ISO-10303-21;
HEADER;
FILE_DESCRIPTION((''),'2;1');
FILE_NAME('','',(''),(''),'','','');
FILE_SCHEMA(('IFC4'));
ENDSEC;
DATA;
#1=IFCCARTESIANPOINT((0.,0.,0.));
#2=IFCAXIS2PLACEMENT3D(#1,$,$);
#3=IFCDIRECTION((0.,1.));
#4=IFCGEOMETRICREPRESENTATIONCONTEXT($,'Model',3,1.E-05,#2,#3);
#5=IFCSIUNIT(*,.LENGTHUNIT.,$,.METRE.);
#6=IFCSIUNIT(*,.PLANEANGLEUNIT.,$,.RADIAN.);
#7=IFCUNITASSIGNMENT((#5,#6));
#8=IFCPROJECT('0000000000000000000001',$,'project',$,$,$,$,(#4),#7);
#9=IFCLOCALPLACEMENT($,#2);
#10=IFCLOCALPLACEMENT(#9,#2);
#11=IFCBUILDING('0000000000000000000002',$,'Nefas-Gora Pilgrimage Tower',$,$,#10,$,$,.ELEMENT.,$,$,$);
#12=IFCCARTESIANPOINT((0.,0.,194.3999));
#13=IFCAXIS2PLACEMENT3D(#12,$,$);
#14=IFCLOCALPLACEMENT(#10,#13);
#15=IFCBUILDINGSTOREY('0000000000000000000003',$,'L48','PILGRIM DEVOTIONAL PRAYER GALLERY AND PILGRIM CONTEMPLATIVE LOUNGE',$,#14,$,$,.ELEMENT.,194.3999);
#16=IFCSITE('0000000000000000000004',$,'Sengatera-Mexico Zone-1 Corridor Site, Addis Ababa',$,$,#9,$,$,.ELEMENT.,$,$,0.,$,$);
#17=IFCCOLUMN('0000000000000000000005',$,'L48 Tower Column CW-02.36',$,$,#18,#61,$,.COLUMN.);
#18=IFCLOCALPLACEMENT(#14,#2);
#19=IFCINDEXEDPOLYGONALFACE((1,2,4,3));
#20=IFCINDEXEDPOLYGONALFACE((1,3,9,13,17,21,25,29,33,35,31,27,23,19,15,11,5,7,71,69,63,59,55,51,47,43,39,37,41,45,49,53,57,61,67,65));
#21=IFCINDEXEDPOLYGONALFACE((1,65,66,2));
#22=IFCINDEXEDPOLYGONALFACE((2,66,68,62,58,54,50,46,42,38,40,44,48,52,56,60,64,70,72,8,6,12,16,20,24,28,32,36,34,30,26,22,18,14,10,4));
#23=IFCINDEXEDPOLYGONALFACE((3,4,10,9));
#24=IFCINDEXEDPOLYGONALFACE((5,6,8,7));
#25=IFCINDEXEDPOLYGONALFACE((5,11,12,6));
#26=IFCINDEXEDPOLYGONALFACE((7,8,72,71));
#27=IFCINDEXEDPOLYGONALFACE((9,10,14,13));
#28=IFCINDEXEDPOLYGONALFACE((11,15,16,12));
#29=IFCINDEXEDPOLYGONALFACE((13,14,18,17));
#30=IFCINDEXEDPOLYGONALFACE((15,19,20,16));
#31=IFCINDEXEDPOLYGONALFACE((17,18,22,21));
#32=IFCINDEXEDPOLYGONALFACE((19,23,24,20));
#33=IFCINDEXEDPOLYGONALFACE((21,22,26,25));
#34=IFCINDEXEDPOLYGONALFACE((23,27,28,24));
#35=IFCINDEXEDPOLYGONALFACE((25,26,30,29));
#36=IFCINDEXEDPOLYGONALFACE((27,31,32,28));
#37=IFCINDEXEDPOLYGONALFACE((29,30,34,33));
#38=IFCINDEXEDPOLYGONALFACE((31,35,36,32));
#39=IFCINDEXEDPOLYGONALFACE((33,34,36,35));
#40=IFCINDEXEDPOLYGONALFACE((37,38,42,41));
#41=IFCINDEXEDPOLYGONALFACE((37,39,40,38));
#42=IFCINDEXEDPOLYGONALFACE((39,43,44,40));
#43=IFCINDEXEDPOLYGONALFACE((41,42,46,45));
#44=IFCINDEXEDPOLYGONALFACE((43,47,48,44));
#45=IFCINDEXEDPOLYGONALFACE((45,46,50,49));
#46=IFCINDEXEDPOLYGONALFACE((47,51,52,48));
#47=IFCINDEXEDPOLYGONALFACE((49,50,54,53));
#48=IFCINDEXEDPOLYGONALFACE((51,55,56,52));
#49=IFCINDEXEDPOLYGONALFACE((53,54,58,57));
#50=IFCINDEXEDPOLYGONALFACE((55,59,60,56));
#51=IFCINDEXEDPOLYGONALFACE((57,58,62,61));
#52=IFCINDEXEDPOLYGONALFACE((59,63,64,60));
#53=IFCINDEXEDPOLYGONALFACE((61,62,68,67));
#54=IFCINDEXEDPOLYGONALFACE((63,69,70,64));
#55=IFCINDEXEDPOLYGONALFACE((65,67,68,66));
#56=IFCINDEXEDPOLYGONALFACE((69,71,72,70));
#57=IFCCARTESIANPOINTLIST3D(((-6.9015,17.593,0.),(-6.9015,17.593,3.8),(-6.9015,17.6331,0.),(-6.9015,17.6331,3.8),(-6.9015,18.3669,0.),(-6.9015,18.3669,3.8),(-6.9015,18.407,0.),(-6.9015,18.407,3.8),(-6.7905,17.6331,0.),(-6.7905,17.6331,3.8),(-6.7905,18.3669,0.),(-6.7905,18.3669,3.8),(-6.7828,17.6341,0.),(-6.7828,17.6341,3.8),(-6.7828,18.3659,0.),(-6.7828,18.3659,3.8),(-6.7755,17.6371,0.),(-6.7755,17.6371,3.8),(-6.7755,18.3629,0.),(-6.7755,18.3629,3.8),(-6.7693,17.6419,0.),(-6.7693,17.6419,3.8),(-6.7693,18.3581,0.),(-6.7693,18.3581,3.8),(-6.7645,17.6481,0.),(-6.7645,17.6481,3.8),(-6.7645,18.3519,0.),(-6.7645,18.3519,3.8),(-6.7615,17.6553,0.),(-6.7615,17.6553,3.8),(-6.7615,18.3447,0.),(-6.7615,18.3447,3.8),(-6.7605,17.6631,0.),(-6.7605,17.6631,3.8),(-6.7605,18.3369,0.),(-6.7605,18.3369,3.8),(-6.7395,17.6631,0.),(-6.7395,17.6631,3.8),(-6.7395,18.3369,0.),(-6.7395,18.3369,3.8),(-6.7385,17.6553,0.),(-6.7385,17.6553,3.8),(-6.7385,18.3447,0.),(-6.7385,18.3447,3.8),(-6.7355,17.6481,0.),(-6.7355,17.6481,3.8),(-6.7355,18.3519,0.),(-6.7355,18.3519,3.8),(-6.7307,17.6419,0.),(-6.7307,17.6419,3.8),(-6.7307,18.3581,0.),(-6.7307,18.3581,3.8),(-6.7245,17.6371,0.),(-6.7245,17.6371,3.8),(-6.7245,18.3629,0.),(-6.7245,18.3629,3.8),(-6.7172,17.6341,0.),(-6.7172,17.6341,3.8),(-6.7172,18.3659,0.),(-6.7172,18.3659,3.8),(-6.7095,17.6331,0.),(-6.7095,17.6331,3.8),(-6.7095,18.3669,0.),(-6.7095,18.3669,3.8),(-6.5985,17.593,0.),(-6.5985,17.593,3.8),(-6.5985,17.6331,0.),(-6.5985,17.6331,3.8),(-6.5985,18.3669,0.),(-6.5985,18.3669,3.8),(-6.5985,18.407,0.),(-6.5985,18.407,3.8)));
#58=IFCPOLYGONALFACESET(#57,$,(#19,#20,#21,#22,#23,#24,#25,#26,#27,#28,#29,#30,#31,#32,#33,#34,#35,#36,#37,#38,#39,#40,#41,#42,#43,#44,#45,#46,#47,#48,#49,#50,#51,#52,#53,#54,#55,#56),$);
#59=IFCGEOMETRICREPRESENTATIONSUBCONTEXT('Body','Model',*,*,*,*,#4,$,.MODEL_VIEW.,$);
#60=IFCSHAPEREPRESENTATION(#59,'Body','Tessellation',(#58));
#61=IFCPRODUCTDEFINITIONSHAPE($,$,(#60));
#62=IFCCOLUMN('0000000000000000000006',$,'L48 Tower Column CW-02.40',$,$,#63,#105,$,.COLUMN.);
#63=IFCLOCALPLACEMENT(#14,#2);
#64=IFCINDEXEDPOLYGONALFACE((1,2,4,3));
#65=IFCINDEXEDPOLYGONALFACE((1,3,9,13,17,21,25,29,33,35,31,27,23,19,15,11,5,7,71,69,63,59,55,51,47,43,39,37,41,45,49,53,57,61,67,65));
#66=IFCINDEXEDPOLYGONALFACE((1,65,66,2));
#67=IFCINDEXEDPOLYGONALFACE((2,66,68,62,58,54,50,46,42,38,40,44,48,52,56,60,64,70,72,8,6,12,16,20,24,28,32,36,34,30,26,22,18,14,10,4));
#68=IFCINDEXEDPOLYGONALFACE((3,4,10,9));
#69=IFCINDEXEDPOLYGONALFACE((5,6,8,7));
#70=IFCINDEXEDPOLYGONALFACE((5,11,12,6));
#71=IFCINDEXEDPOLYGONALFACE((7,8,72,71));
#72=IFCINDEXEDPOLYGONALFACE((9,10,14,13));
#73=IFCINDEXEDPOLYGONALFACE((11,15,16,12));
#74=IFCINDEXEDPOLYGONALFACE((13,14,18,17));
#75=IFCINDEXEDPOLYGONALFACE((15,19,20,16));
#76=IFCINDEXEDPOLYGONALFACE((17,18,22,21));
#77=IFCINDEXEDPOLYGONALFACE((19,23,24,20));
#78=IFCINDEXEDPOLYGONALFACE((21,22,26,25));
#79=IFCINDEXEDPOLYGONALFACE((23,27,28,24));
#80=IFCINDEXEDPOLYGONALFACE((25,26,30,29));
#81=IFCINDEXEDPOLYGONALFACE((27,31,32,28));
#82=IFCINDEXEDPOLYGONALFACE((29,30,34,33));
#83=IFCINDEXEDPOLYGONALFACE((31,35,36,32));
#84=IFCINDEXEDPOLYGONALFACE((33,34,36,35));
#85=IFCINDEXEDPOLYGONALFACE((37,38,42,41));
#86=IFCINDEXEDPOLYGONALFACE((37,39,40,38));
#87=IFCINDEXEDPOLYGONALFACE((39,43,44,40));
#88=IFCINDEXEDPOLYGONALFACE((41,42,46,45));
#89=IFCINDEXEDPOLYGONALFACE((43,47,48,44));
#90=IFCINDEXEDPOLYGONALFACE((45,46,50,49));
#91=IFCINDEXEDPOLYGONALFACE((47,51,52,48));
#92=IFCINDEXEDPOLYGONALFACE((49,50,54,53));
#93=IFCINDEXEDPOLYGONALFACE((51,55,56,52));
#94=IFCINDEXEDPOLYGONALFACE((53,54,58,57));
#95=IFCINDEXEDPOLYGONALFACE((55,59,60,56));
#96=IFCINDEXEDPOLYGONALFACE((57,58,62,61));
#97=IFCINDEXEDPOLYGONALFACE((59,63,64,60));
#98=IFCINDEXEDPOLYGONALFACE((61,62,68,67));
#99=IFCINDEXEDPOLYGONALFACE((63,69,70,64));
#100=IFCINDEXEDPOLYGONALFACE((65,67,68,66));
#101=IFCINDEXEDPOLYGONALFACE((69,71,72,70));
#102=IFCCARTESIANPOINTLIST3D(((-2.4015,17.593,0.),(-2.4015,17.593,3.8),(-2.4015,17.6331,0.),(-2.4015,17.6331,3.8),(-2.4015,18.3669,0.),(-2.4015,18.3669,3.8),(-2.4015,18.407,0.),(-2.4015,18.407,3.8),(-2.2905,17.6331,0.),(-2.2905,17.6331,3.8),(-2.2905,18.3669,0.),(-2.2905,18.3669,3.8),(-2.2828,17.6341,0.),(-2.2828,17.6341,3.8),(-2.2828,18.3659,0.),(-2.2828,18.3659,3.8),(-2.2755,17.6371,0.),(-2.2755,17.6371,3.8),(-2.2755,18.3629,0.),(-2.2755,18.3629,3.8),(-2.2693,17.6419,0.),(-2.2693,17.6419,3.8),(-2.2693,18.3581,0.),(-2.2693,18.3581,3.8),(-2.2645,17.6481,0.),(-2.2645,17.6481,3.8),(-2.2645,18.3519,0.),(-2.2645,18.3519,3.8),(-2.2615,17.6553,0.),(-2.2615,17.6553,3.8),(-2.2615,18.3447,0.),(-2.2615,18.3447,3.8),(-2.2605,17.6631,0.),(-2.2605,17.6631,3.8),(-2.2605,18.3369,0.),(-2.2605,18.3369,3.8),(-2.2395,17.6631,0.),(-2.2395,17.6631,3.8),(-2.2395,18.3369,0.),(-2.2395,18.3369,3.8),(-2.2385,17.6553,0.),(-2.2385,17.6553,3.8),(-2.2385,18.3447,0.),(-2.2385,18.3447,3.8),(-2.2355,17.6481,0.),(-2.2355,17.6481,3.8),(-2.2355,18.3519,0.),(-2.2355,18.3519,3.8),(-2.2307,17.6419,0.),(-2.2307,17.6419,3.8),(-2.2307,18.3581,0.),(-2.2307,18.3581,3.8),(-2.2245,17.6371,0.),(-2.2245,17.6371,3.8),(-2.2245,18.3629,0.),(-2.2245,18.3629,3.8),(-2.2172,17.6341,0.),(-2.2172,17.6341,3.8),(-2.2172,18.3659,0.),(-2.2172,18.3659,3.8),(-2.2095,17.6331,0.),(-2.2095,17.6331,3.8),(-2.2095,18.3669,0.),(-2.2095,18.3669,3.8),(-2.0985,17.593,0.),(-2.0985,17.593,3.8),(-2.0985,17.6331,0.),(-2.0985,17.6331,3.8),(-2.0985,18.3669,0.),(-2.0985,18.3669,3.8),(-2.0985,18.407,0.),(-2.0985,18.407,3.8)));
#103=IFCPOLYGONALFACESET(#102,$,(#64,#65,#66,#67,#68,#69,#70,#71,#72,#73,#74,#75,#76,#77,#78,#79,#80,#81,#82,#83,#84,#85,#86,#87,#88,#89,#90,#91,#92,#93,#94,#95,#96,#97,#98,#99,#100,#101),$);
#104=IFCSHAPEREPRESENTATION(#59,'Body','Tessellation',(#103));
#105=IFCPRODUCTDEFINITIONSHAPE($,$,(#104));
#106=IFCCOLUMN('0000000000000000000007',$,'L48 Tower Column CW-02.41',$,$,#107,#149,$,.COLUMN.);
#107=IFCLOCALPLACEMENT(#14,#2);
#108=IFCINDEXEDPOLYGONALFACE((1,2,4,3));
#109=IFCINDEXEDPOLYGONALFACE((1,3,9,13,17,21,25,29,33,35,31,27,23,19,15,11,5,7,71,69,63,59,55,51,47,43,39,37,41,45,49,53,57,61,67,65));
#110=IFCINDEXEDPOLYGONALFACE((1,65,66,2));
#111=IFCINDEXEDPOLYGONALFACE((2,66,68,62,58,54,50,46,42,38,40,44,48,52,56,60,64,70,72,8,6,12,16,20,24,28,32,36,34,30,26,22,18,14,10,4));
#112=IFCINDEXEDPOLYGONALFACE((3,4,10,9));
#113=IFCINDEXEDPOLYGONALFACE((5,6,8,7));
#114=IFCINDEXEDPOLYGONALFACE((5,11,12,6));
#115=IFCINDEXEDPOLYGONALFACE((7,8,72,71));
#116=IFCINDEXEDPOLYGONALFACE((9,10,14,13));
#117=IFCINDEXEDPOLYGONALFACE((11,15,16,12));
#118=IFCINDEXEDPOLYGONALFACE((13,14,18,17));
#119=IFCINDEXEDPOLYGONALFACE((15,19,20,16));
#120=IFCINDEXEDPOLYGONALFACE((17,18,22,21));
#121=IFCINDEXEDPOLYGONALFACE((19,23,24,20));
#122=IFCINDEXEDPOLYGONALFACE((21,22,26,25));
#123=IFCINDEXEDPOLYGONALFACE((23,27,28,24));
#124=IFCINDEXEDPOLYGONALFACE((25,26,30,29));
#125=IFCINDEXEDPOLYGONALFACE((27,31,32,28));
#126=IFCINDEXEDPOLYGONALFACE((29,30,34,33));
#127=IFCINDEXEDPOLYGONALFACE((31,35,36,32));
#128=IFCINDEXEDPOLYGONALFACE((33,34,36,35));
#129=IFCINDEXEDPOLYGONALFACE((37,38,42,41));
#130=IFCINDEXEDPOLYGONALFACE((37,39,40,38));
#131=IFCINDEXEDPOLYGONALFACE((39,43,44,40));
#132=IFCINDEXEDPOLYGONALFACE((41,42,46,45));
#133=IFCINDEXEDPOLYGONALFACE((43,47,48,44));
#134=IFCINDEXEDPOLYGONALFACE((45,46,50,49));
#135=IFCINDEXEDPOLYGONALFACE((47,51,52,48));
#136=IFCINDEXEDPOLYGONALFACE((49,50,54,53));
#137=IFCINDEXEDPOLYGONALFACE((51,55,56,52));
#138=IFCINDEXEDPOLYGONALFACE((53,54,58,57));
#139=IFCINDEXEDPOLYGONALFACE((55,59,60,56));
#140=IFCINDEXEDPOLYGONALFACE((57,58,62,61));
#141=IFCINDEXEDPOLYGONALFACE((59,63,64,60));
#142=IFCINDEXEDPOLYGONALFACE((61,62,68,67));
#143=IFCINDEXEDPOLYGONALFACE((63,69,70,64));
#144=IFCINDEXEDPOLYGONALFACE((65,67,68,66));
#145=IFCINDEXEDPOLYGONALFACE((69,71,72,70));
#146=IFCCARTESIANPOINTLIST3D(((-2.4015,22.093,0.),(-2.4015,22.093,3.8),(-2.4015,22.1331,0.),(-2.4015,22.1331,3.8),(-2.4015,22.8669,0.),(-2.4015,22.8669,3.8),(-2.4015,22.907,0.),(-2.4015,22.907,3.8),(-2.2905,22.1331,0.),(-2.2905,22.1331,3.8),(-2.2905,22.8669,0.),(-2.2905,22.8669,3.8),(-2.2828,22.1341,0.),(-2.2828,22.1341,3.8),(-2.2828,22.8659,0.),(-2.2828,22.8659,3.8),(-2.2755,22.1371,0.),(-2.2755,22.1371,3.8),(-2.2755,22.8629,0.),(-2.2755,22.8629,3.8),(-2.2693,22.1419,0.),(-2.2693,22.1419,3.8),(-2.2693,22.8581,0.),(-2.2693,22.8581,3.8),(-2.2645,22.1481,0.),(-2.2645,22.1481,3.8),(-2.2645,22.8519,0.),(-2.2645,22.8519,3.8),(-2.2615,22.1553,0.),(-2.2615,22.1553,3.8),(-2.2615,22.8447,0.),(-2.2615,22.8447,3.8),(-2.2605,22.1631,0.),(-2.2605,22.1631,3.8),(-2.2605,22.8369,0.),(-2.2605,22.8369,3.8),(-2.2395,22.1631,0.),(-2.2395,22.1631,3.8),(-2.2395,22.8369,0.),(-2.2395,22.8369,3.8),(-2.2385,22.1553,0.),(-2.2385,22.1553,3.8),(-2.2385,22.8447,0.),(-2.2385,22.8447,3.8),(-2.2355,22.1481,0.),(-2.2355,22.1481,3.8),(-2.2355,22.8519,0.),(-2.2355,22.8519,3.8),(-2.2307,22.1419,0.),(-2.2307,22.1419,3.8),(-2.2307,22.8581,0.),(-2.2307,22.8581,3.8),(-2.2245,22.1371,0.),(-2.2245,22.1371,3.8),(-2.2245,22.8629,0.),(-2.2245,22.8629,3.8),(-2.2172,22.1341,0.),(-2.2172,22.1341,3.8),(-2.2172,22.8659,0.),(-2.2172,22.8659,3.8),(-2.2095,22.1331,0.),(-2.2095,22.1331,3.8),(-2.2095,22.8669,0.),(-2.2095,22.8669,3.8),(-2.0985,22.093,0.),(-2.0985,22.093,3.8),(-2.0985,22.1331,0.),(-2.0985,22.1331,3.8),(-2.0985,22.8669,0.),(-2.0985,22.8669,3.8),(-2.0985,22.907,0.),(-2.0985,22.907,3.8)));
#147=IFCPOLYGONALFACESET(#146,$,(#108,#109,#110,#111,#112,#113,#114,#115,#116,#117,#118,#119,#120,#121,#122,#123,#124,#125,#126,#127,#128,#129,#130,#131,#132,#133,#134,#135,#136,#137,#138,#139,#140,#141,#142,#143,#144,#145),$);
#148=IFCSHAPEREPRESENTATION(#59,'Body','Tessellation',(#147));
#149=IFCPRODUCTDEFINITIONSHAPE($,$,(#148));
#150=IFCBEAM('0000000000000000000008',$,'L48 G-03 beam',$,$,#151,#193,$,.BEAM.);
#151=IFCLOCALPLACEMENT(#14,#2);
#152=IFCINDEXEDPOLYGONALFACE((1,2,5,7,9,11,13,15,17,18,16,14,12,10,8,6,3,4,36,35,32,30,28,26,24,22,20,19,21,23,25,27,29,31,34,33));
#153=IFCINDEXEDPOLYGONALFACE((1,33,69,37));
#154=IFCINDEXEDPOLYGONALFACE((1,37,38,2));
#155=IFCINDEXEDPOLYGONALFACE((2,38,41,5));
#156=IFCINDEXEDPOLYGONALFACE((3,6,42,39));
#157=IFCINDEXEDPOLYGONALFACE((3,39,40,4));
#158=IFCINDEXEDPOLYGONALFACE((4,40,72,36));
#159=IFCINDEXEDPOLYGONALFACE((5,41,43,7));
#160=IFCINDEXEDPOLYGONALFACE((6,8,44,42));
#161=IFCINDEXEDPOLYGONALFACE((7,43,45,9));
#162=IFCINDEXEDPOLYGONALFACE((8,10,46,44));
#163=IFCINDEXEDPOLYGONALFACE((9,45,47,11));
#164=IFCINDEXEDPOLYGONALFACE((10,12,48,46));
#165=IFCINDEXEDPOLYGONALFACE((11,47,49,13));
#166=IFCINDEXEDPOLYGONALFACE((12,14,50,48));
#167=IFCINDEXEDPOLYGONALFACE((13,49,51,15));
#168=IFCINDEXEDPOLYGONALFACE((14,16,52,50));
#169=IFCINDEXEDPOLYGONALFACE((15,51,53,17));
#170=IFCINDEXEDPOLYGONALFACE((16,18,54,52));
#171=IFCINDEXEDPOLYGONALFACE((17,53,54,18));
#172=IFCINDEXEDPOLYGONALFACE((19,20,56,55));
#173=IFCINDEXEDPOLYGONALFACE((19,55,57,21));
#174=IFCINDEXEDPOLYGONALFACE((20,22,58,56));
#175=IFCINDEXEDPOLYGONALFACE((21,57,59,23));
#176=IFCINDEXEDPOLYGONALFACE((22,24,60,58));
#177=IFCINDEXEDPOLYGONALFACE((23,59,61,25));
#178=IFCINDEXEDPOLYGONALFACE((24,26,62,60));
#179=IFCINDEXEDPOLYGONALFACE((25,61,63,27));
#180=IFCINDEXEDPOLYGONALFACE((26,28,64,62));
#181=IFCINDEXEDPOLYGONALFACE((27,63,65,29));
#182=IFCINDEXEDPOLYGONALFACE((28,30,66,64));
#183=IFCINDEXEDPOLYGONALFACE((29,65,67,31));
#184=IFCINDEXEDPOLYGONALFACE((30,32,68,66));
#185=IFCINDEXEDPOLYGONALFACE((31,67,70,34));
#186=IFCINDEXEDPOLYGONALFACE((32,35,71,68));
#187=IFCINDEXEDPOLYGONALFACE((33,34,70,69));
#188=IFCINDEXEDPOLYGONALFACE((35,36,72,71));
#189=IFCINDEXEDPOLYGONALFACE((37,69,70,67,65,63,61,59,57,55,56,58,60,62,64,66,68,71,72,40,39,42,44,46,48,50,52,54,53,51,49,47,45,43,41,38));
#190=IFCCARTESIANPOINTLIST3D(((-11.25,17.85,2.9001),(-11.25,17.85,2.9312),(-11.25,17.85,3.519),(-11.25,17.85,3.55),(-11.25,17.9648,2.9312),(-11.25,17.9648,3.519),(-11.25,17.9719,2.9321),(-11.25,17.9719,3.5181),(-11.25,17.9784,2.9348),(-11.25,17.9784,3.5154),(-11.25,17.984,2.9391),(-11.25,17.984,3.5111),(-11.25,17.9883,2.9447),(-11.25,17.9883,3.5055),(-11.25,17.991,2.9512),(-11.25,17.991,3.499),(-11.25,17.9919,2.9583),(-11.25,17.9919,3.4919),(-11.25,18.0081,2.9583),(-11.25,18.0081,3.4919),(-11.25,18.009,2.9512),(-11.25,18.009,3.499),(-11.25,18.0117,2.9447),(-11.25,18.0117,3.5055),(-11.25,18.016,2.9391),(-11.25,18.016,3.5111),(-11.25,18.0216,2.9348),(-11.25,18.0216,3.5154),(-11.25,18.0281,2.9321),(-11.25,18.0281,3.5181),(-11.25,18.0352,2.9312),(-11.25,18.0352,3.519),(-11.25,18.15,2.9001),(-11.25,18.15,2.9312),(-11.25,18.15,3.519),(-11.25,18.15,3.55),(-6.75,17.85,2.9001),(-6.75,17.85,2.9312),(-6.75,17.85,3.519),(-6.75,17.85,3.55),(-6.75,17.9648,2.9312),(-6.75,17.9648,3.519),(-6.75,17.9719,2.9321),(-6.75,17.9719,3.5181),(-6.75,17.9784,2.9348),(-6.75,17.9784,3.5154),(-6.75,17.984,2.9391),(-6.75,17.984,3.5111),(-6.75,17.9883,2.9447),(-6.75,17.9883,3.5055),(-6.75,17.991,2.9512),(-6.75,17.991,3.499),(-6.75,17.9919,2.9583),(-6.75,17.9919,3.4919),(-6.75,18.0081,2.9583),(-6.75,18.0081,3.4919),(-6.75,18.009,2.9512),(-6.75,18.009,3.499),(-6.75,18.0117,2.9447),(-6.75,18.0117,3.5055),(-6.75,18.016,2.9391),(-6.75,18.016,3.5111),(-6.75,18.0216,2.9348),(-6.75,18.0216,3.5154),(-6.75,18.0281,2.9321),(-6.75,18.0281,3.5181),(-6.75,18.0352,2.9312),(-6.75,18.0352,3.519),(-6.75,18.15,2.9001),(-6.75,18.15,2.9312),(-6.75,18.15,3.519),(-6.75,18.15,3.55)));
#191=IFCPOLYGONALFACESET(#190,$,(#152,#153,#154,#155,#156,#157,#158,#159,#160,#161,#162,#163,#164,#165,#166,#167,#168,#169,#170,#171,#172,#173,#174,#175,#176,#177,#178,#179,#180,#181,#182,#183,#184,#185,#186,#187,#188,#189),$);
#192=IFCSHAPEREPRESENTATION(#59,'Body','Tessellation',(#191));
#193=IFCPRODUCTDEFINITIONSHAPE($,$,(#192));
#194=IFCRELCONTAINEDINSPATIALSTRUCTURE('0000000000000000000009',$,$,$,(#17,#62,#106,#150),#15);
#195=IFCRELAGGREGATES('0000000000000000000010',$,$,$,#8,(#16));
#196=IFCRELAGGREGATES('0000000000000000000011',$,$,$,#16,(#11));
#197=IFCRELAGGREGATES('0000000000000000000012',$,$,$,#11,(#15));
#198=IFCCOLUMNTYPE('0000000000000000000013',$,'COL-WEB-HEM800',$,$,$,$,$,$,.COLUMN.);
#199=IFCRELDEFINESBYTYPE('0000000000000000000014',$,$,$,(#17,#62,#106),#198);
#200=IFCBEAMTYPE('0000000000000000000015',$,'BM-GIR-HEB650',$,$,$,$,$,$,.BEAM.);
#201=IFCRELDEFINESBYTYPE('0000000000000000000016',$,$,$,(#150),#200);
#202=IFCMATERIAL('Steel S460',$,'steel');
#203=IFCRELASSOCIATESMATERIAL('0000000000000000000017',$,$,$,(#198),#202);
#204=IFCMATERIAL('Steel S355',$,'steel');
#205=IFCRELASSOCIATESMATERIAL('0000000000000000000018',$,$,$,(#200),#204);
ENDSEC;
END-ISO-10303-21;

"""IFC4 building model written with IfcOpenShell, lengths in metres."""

from ifc_helpers import new_model, si_unit, direction, frame, origin, origin_2d, place, context, subcontext, project, spatial, i_section, extrude, source, transform, mapped, material, material_profile, profile_set, type_object, element, save


model = new_model("IFC4")

# Units and contexts
model_context = context("Model", 3, precision=1e-05, world=origin(), true_north=direction((0.0, 1.0)))
body_context = subcontext(model_context, "Body", "Model", "MODEL_VIEW")
ifc_project = project(units=[si_unit("LENGTHUNIT", "METRE"), si_unit("PLANEANGLEUNIT", "RADIAN")], contexts=[model_context])

# Site, building, storey
site_placement = place(None, origin())
site = spatial("IfcSite", under=ifc_project, at=site_placement, Name="Sengatera-Mexico Zone-1 Corridor Site, Addis Ababa", CompositionType="ELEMENT", RefElevation=0.0)
building_placement = place(site_placement, origin())
building = spatial("IfcBuilding", under=site, at=building_placement, Name="Nefas-Gora Pilgrimage Tower", CompositionType="ELEMENT")
storey_placement = place(building_placement, frame((0.0, 0.0, 194.3999)))
storey = spatial("IfcBuildingStorey", under=building, at=storey_placement, Name="L48", Description="PILGRIM DEVOTIONAL PRAYER GALLERY AND PILGRIM CONTEMPLATIVE LOUNGE", CompositionType="ELEMENT", Elevation=194.3999)

# Columns
ifc_material_1 = material(Name="Steel S460", Category="steel")
ifc_material_profile_1 = material_profile(ifc_material_1, i_section(OverallWidth=0.303, OverallDepth=0.814, WebThickness=0.021, FlangeThickness=0.04, FilletRadius=0.03, at=origin_2d()), Name="HEM 800")
ifc_profile_set_1 = profile_set([ifc_material_profile_1], Name="Steel S460")
column_type_1 = type_object("IfcColumnType", Name="COL-WEB-HEM800", PredefinedType="COLUMN", material=ifc_profile_set_1)
shared_shape_1 = source(origin(), body_context, "Body", "SweptSolid", [
    extrude(i_section(OverallWidth=0.303, OverallDepth=0.814, WebThickness=0.021, FlangeThickness=0.04, FilletRadius=0.03, at=origin_2d()), origin(), (0.0, 0.0, 1.0), 3.8),
])
for number, where, z_axis, x_axis, name in (
    (1, (-6.75, 18.0, 0.0), (0.0, 0.0, 1.0), (1.0, 0.0, 0.0), "L48 Tower Column CW-02.36"),
    (2, (-2.25, 18.0, 0.0), (0.0, 0.0, 1.0), (1.0, 0.0, 0.0), "L48 Tower Column CW-02.40"),
    (3, (-2.25, 22.5, 0.0), (0.0, 0.0, 1.0), (1.0, 0.0, 0.0), "L48 Tower Column CW-02.41"),
):
    element("IfcColumn", number, at=place(storey_placement, frame(where, z_axis=z_axis, x_axis=x_axis)), inside=storey, type_object=column_type_1, Name=name, PredefinedType="COLUMN", context=body_context, shape_type="MappedRepresentation", body=[
        mapped(shared_shape_1, transform((0.0, 0.0, 0.0), x_axis=(1.0, 0.0, 0.0), y_axis=(0.0, 1.0, 0.0), z_axis=(0.0, 0.0, 1.0), scale=1.0)),
    ])

# Beam
ifc_material_2 = material(Name="Steel S355", Category="steel")
ifc_material_profile_2 = material_profile(ifc_material_2, i_section(OverallWidth=0.3, OverallDepth=0.6499, WebThickness=0.0161, FlangeThickness=0.031, FilletRadius=0.0271, at=origin_2d()), Name="HEB 650")
ifc_profile_set_2 = profile_set([ifc_material_profile_2], Name="Steel S355")
beam_type = type_object("IfcBeamType", Name="BM-GIR-HEB650", PredefinedType="BEAM", material=ifc_profile_set_2)
shared_shape_2 = source(origin(), body_context, "Body", "SweptSolid", [
    extrude(i_section(OverallWidth=0.3, OverallDepth=0.6499, WebThickness=0.0161, FlangeThickness=0.031, FilletRadius=0.0271, at=origin_2d()), origin(), (0.0, 0.0, 1.0), 4.5),
])
for number, where, z_axis, x_axis, name in (
    (4, (-11.25, 18.0, 3.2251), (1.0, 0.0, 0.0), (0.0, 1.0, 0.0), "L48 G-03 beam"),
):
    element("IfcBeam", number, at=place(storey_placement, frame(where, z_axis=z_axis, x_axis=x_axis)), inside=storey, type_object=beam_type, Name=name, PredefinedType="BEAM", context=body_context, shape_type="MappedRepresentation", body=[
        mapped(shared_shape_2, transform((0.0, 0.0, 0.0), x_axis=(1.0, 0.0, 0.0), y_axis=(0.0, 1.0, 0.0), z_axis=(0.0, 0.0, 1.0), scale=1.0)),
    ])

save(model, "model.ifc")
